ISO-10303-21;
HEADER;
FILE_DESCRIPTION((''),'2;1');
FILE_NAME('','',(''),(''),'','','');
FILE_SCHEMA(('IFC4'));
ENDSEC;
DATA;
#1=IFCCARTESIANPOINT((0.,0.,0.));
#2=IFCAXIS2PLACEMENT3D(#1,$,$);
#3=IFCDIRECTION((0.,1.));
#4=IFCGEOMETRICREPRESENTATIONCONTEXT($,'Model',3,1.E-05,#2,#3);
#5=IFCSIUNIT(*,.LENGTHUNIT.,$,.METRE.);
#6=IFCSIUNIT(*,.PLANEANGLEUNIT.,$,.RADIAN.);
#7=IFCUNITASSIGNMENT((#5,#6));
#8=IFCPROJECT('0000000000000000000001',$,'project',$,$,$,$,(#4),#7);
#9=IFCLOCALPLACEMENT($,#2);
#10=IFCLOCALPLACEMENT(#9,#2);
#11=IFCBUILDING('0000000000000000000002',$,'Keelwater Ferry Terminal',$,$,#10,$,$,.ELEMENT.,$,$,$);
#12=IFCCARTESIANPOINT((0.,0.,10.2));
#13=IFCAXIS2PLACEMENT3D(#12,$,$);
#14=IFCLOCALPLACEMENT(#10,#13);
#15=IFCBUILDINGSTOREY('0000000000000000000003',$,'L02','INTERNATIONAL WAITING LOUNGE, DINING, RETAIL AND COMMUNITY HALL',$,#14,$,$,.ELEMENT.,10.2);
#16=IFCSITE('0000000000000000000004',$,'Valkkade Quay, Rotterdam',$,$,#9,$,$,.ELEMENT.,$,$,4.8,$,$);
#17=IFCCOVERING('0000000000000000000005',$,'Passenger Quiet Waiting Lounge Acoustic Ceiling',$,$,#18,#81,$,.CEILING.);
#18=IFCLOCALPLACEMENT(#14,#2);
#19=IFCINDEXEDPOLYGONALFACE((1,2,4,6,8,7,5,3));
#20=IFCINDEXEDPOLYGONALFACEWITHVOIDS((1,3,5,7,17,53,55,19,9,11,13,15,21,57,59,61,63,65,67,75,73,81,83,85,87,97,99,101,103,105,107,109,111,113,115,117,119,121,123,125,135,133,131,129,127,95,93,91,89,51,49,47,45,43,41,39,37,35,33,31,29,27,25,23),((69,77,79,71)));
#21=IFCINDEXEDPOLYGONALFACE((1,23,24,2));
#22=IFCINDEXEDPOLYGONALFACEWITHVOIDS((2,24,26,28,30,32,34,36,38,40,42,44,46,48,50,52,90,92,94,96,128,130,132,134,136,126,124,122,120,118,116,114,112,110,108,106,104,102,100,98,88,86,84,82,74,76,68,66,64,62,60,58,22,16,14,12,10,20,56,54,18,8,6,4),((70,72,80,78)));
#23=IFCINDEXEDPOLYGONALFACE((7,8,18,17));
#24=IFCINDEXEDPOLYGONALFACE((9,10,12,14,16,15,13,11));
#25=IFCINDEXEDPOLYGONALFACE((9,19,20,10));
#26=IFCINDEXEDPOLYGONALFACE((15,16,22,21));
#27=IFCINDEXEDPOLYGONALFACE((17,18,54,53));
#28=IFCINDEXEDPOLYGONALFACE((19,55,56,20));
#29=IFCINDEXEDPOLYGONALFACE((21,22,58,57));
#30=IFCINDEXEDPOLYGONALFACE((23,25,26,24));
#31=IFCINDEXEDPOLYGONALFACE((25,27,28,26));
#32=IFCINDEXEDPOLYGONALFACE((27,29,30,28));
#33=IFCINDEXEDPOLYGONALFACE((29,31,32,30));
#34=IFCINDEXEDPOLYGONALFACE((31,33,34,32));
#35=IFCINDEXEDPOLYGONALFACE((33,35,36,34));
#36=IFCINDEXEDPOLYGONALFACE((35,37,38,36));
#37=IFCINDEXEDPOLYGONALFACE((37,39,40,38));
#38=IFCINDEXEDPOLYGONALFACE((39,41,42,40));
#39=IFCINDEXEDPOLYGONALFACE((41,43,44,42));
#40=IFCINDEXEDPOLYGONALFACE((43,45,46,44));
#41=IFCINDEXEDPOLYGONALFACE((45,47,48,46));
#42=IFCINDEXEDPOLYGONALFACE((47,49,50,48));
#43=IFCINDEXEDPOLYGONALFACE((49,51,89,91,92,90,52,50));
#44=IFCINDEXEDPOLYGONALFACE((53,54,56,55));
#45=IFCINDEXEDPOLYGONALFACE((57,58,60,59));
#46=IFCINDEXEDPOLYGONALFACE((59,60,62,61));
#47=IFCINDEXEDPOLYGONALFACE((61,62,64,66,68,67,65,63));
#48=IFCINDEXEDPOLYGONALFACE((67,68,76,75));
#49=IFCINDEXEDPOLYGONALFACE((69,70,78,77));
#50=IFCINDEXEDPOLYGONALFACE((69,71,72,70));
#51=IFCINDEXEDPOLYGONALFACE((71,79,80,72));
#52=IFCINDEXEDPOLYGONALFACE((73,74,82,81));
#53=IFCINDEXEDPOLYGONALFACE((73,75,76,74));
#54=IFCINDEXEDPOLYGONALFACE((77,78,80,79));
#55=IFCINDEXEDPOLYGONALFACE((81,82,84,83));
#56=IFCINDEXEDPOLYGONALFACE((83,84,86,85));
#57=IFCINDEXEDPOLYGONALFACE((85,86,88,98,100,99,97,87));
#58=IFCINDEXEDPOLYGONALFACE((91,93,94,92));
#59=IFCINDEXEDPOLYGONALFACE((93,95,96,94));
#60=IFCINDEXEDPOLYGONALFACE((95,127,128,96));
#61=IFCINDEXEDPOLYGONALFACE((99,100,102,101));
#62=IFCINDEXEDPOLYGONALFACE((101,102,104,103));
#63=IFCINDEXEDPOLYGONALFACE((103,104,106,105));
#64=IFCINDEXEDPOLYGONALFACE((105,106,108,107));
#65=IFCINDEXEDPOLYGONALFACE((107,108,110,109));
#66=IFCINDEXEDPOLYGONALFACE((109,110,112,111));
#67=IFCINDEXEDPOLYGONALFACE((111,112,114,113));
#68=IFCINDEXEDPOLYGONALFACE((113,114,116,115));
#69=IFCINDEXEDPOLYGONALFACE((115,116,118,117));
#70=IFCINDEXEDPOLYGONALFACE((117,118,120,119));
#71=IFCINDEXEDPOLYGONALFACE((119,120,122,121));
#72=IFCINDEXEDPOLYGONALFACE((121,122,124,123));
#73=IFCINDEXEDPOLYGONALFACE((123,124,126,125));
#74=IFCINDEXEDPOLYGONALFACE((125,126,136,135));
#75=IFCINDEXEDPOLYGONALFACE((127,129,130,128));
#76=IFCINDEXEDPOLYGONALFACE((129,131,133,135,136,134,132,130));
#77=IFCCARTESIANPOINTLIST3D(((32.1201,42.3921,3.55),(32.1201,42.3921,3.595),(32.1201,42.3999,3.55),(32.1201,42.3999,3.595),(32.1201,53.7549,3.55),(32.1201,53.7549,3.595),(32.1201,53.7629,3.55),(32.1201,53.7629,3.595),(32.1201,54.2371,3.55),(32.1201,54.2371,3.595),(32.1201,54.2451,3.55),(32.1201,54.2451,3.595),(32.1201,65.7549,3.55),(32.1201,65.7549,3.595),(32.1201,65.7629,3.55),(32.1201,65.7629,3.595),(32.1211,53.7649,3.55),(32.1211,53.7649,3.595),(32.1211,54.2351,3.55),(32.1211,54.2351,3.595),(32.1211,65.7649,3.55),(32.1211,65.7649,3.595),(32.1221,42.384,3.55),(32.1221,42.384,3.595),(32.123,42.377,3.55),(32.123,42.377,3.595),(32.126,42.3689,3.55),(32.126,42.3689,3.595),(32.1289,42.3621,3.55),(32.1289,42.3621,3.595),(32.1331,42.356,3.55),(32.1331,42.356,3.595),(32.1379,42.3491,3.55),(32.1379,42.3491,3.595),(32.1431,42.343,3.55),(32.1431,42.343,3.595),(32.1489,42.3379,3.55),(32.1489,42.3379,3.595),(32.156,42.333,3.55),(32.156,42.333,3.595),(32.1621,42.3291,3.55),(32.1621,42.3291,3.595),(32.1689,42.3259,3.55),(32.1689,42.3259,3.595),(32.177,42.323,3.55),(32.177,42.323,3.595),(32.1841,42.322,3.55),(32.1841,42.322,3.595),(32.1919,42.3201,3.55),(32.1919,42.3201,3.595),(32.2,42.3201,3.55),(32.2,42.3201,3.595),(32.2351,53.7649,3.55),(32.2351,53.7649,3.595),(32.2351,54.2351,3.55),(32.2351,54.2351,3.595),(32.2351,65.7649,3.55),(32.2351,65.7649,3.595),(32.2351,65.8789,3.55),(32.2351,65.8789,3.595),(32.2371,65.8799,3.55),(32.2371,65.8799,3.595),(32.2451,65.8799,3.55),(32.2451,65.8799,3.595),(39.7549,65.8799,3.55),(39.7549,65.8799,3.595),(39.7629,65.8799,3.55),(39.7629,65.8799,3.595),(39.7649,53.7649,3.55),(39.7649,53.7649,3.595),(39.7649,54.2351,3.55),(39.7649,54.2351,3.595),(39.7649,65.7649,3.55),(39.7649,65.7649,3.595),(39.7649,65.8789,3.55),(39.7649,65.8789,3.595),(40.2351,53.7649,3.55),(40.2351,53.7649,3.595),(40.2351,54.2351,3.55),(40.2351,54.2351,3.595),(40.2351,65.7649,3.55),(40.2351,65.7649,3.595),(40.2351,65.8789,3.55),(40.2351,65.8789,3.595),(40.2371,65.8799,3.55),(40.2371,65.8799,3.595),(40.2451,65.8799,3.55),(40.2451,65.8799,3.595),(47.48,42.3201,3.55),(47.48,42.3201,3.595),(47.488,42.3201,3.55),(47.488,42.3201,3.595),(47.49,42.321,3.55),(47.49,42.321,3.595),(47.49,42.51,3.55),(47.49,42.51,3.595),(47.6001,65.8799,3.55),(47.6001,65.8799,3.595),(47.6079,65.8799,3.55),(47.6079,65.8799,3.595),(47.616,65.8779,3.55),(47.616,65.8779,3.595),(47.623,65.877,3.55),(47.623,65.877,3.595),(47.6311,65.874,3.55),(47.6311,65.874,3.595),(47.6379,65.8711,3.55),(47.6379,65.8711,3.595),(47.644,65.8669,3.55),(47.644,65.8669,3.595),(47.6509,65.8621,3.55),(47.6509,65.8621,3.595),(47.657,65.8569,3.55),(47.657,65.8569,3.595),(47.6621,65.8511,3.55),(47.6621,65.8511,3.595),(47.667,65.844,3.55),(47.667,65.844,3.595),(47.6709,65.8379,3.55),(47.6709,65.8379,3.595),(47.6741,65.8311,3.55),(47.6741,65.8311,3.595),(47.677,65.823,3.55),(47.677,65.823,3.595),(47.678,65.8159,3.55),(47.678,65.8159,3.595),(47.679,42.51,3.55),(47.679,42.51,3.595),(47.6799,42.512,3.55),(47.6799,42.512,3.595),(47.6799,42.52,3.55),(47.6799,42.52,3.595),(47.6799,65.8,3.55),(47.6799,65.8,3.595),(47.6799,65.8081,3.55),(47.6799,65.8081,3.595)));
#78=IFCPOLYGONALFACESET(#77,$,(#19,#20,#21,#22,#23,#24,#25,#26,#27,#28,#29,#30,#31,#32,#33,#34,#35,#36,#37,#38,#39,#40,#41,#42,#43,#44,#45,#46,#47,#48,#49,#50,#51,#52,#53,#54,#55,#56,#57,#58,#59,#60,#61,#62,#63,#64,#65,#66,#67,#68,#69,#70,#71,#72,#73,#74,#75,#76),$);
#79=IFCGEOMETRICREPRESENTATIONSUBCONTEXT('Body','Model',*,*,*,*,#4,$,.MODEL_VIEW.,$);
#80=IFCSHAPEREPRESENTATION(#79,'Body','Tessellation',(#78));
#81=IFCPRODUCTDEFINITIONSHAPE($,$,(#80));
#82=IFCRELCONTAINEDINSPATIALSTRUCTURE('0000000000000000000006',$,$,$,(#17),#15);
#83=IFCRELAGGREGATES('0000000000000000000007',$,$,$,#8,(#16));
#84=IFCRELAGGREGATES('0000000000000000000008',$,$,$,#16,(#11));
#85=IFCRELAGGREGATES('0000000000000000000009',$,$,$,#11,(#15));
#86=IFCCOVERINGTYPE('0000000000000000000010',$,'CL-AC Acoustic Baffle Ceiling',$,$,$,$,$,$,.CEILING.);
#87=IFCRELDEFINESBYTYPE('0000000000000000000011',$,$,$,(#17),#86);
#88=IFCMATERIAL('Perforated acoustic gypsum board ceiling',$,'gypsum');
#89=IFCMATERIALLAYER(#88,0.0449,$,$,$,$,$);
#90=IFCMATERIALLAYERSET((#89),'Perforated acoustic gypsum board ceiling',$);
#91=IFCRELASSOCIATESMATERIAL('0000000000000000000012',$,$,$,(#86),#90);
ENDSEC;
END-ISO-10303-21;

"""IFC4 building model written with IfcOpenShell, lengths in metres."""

from ifc_helpers import new_model, si_unit, direction, frame, origin, place, context, subcontext, project, spatial, polyline, outline, extrude, material, layer, layer_set, type_object, element, save


model = new_model("IFC4")

# Units and contexts
model_context = context("Model", 3, precision=1e-05, world=origin(), true_north=direction((0.0, 1.0)))
body_context = subcontext(model_context, "Body", "Model", "MODEL_VIEW")
ifc_project = project(units=[si_unit("LENGTHUNIT", "METRE"), si_unit("PLANEANGLEUNIT", "RADIAN")], contexts=[model_context])

# Site, building, storey
site_placement = place(None, origin())
site = spatial("IfcSite", under=ifc_project, at=site_placement, Name="Valkkade Quay, Rotterdam", CompositionType="ELEMENT", RefElevation=4.8)
building_placement = place(site_placement, origin())
building = spatial("IfcBuilding", under=site, at=building_placement, Name="Keelwater Ferry Terminal", CompositionType="ELEMENT")
storey_placement = place(building_placement, frame((0.0, 0.0, 10.2)))
storey = spatial("IfcBuildingStorey", under=building, at=storey_placement, Name="L02", Description="INTERNATIONAL WAITING LOUNGE, DINING, RETAIL AND COMMUNITY HALL", CompositionType="ELEMENT", Elevation=10.2)

# Covering
ifc_material_1 = material(Name="Perforated acoustic gypsum board ceiling", Category="gypsum")
ifc_layer_1 = layer(ifc_material_1, 0.0449)
ifc_layer_set_1 = layer_set([ifc_layer_1], Name="Perforated acoustic gypsum board ceiling")
covering_type_1 = type_object("IfcCoveringType", Name="CL-AC Acoustic Baffle Ceiling", PredefinedType="CEILING", material=ifc_layer_set_1)
covering_1_placement = place(storey_placement, frame((0.0, 0.0, 3.55)))
element("IfcCovering", 1, at=covering_1_placement, inside=storey, type_object=covering_type_1, Name="Passenger Quiet Waiting Lounge Acoustic Ceiling", PredefinedType="CEILING", context=body_context, shape_type="SweptSolid", body=[
    extrude(outline(polyline([(32.1201, 54.2371), (32.1201, 54.2451), (32.1201, 65.7549), (32.1201, 65.7629), (32.1211, 65.7649), (32.2351, 65.7649), (32.2351, 65.8789), (32.2371, 65.8799), (32.2451, 65.8799), (39.7549, 65.8799), (39.7629, 65.8799), (39.7649, 65.8789), (39.7649, 65.7649), (40.2351, 65.7649), (40.2351, 65.8789), (40.2371, 65.8799), (40.2451, 65.8799), (47.6001, 65.8799), (47.6079, 65.8799), (47.616, 65.8779), (47.623, 65.877), (47.6311, 65.874), (47.6379, 65.8711), (47.644, 65.8669), (47.6509, 65.8621), (47.657, 65.8569), (47.6621, 65.8511), (47.667, 65.844), (47.6709, 65.8379), (47.6741, 65.8311), (47.677, 65.823), (47.678, 65.8159), (47.6799, 65.8081), (47.6799, 65.8), (47.6799, 42.52), (47.6799, 42.512), (47.679, 42.51), (47.49, 42.51), (47.49, 42.321), (47.488, 42.3201), (47.48, 42.3201), (32.2, 42.3201), (32.1919, 42.3201), (32.1841, 42.322), (32.177, 42.323), (32.1689, 42.3259), (32.1621, 42.3291), (32.156, 42.333), (32.1489, 42.3379), (32.1431, 42.343), (32.1379, 42.3491), (32.1331, 42.356), (32.1289, 42.3621), (32.126, 42.3689), (32.123, 42.377), (32.1221, 42.384), (32.1201, 42.3921), (32.1201, 42.3999), (32.1201, 53.7549), (32.1201, 53.7629), (32.1211, 53.7649), (32.2351, 53.7649), (32.2351, 54.2351), (32.1211, 54.2351), (32.1201, 54.2371)]), holes=[polyline([(39.7649, 54.2351), (39.7649, 53.7649), (40.2351, 53.7649), (40.2351, 54.2351), (39.7649, 54.2351)])]), origin(), (0.0, 0.0, 1.0), 0.0449),
])

save(model, "model.ifc")
